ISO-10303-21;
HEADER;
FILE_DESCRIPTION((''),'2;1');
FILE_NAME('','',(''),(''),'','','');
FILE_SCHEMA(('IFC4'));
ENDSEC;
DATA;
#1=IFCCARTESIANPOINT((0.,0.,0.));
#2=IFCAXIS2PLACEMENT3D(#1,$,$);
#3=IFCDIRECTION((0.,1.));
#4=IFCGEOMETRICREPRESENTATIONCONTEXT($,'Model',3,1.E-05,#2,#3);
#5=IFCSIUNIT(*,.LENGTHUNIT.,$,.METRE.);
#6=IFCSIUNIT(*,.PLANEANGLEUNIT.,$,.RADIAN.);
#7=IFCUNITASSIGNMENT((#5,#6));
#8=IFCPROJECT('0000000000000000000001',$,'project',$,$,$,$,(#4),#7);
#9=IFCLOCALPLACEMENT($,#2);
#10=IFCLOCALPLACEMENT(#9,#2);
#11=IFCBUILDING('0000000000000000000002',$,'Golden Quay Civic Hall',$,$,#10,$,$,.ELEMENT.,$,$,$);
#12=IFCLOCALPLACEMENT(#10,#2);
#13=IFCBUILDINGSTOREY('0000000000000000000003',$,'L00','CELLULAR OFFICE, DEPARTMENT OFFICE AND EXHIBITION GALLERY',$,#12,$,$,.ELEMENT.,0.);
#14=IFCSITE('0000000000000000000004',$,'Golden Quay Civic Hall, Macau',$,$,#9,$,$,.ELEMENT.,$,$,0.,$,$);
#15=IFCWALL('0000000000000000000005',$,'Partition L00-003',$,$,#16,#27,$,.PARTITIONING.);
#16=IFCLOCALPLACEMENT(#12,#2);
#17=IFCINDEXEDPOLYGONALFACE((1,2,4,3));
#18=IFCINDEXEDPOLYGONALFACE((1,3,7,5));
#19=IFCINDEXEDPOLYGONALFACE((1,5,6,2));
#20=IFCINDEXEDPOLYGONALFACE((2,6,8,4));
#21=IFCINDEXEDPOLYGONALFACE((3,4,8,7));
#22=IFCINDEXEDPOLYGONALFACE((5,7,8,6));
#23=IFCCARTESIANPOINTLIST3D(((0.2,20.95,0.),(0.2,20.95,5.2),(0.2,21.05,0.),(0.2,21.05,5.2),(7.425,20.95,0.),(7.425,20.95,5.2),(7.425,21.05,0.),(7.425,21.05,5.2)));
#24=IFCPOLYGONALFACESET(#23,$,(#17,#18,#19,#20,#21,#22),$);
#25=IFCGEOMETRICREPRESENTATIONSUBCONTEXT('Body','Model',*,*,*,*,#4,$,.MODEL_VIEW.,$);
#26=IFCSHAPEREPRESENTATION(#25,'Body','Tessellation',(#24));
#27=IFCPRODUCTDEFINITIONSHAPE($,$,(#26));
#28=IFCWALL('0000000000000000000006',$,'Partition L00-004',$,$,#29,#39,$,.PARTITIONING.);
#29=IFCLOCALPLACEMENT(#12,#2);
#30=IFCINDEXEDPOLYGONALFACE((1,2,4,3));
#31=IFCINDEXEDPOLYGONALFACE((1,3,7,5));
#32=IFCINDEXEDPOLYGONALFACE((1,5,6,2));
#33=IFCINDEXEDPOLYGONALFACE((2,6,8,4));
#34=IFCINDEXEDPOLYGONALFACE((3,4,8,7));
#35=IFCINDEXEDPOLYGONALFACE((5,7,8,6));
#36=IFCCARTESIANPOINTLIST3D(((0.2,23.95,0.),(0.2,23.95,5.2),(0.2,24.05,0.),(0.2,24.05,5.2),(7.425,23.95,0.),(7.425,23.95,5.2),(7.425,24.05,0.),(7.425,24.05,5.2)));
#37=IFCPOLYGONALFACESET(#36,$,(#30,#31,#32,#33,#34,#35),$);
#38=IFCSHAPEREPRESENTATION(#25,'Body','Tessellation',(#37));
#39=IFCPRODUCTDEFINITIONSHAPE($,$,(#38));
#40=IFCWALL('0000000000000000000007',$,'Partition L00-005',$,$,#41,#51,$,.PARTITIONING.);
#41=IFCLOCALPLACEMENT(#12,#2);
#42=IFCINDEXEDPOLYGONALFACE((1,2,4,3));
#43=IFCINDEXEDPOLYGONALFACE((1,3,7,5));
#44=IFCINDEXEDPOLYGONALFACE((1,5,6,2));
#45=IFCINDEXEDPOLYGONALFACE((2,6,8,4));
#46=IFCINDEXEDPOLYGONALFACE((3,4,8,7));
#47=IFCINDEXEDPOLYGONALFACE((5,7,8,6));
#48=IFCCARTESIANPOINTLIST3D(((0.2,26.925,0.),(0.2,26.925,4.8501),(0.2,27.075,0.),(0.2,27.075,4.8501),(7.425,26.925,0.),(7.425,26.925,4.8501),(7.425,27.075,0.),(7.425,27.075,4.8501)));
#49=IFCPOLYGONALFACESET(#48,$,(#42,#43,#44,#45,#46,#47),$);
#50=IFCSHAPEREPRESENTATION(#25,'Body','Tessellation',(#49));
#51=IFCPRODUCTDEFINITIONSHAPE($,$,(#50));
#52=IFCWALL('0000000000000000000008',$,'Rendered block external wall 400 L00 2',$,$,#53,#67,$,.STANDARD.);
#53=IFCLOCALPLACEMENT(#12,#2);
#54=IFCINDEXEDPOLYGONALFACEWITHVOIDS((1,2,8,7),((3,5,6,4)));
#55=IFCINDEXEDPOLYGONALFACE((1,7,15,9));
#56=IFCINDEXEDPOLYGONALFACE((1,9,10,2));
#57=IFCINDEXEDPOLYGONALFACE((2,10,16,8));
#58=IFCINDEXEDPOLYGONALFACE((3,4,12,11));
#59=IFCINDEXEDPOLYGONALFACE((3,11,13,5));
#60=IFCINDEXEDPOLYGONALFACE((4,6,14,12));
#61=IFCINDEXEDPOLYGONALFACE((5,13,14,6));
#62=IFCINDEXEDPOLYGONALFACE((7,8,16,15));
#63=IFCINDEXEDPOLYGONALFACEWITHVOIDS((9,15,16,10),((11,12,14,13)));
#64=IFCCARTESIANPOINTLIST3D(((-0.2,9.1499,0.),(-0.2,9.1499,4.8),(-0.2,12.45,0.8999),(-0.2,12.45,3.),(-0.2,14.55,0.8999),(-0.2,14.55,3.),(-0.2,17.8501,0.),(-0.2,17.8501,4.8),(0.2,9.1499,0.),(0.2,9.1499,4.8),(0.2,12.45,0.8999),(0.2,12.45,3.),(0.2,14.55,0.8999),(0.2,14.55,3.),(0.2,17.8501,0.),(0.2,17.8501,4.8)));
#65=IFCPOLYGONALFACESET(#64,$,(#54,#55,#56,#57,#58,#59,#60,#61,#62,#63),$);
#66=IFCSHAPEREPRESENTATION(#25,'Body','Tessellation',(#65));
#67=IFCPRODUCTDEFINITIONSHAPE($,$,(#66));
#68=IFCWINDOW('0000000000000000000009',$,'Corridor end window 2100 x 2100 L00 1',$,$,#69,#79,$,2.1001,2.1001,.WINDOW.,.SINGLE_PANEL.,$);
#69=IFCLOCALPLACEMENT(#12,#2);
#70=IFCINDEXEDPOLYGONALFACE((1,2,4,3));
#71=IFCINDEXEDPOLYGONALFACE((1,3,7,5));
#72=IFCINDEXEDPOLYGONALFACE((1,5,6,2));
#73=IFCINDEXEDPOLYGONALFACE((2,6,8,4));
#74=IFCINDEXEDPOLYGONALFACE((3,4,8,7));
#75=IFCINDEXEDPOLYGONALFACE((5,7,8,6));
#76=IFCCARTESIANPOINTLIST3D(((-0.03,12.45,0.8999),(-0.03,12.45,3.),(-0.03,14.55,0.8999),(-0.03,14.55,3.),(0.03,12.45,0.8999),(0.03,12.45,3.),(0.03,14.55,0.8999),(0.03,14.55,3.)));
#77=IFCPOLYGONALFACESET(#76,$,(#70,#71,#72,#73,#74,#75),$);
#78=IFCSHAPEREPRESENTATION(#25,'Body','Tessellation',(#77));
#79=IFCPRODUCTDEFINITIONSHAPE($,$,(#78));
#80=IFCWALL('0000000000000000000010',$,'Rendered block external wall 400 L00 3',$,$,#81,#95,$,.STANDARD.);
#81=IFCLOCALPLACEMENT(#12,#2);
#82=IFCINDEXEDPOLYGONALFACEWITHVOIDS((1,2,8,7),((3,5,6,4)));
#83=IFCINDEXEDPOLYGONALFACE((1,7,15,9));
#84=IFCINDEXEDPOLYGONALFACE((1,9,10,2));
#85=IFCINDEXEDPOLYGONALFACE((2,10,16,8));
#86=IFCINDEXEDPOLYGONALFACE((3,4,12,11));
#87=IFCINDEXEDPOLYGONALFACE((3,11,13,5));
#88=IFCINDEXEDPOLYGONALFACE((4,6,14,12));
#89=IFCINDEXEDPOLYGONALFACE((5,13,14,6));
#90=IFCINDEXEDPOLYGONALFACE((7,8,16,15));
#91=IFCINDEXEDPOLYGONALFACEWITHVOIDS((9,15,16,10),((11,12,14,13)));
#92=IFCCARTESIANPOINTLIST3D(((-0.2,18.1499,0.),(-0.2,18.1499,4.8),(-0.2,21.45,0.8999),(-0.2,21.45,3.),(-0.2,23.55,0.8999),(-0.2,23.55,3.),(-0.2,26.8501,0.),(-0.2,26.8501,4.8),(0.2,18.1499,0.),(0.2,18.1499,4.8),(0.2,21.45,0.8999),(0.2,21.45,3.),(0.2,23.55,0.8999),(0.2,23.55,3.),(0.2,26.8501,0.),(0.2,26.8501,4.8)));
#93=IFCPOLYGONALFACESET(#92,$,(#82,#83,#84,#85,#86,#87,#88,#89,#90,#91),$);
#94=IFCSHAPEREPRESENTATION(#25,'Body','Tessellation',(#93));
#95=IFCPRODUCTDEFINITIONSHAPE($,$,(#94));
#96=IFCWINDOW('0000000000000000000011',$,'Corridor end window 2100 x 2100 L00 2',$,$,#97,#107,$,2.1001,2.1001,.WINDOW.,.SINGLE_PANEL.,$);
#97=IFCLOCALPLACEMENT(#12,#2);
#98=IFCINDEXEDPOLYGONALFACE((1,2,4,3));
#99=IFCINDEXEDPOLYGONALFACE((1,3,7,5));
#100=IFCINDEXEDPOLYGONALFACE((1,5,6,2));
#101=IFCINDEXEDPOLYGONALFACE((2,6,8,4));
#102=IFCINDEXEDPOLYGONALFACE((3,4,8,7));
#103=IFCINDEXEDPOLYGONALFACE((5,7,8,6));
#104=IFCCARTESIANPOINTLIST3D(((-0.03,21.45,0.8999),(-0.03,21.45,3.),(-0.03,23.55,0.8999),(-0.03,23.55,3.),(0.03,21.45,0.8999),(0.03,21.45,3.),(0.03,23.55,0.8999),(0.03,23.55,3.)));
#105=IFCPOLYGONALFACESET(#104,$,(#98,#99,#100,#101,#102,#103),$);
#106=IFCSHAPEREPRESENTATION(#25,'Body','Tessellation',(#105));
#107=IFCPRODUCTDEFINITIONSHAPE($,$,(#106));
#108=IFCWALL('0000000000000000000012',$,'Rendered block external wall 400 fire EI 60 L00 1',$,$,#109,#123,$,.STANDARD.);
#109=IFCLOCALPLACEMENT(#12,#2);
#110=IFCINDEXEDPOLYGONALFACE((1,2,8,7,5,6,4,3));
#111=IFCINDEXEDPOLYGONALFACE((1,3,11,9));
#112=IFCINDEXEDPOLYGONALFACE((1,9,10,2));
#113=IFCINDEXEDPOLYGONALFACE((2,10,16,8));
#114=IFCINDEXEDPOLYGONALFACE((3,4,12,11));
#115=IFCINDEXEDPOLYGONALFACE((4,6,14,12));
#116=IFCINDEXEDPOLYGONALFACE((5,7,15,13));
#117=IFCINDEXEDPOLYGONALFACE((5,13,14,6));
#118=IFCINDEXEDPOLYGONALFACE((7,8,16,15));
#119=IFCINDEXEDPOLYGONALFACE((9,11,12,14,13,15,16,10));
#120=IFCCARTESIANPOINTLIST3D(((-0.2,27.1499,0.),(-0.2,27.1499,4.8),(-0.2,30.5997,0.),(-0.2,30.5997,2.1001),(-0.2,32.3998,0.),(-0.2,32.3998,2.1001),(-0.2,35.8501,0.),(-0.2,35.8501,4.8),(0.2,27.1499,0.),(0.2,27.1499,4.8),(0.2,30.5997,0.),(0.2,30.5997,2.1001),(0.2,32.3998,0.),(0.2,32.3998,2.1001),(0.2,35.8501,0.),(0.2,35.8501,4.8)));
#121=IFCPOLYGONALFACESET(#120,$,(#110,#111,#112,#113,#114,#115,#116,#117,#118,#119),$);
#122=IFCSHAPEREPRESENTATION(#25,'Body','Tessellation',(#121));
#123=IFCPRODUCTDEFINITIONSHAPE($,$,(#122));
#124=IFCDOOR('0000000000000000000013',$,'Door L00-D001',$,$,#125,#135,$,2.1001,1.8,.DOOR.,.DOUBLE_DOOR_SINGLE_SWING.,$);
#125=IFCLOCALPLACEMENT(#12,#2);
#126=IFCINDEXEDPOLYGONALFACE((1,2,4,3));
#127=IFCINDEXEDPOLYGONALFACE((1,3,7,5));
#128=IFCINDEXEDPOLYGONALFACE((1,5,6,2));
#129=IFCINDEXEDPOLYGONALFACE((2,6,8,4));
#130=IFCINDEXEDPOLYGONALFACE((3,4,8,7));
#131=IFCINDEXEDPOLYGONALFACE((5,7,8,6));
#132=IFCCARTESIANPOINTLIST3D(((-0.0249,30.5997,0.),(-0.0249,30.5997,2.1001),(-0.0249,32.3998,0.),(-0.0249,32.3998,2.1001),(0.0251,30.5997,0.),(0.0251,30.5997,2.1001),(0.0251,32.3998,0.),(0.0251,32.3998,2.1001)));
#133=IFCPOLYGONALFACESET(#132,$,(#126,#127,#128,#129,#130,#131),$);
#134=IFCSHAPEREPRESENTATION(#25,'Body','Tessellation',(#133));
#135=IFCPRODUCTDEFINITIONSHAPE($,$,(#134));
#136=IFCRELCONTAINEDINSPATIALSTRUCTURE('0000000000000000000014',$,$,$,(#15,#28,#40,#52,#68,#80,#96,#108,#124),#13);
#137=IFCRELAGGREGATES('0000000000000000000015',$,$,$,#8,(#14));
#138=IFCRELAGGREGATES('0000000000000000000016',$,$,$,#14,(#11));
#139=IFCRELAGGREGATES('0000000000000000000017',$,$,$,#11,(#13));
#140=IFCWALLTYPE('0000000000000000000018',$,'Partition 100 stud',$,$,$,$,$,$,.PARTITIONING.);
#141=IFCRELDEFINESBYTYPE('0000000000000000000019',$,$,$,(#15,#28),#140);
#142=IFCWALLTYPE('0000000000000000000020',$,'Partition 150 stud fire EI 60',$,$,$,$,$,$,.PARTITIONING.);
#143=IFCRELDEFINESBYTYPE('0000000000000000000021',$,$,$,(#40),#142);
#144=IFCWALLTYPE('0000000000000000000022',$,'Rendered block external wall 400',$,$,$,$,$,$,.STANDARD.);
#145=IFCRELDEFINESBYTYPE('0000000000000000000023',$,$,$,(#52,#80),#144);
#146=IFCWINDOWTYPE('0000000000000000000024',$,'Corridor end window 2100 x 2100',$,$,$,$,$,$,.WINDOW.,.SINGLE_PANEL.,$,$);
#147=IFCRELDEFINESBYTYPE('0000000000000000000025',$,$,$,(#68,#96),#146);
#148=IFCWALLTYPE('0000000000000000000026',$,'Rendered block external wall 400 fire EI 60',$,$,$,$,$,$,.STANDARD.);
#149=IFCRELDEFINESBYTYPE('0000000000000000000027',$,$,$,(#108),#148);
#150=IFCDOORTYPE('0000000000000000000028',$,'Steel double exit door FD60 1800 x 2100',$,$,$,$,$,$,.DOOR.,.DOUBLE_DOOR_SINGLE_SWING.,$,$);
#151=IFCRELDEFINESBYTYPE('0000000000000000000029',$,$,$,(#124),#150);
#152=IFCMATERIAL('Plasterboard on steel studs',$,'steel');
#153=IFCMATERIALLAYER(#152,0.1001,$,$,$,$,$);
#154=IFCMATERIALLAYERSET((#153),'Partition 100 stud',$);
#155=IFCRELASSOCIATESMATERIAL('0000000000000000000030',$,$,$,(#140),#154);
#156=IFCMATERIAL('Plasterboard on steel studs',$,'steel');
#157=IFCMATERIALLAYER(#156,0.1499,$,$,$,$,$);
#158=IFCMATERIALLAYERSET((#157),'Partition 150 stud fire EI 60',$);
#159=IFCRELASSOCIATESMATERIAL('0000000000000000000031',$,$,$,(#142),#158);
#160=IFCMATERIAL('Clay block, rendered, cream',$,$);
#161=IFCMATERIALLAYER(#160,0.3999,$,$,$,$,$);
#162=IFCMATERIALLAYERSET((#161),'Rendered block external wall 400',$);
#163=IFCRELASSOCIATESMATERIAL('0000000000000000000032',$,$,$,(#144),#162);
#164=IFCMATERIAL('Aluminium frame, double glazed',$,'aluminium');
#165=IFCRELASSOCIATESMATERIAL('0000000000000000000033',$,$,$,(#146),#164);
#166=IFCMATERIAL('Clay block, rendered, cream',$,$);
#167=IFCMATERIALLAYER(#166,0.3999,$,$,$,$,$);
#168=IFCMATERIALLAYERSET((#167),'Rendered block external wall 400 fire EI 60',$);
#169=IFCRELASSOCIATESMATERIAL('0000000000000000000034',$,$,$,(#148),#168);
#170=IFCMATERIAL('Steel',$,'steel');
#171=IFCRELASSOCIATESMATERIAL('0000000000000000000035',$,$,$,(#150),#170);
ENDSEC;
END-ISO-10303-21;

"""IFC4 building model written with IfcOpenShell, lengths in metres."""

from ifc_helpers import new_model, si_unit, direction, frame, frame_2d, origin, place, context, subcontext, project, spatial, rectangle, extrude, material, layer, layer_set, type_object, element, fill, save


model = new_model("IFC4")

# Units and contexts
model_context = context("Model", 3, precision=1e-05, world=origin(), true_north=direction((0.0, 1.0)))
body_context = subcontext(model_context, "Body", "Model", "MODEL_VIEW")
ifc_project = project(units=[si_unit("LENGTHUNIT", "METRE"), si_unit("PLANEANGLEUNIT", "RADIAN")], contexts=[model_context])

# Site, building, storey
site_placement = place(None, origin())
site = spatial("IfcSite", under=ifc_project, at=site_placement, Name="Golden Quay Civic Hall, Macau", CompositionType="ELEMENT", RefElevation=0.0)
building_placement = place(site_placement, origin())
building = spatial("IfcBuilding", under=site, at=building_placement, Name="Golden Quay Civic Hall", CompositionType="ELEMENT")
storey_placement = place(building_placement, origin())
storey = spatial("IfcBuildingStorey", under=building, at=storey_placement, Name="L00", Description="CELLULAR OFFICE, DEPARTMENT OFFICE AND EXHIBITION GALLERY", CompositionType="ELEMENT", Elevation=0.0)

# Walls
ifc_material_1 = material(Name="Plasterboard on steel studs", Category="steel")
ifc_layer_1 = layer(ifc_material_1, 0.1001)
ifc_layer_set_1 = layer_set([ifc_layer_1], Name="Partition 100 stud")
wall_type_1 = type_object("IfcWallType", Name="Partition 100 stud", PredefinedType="PARTITIONING", material=ifc_layer_set_1)
for number, where, z_axis, x_axis, name in (
    (1, (0.2, 21.0, 0.0), (0.0, 0.0, 1.0), (1.0, 0.0, 0.0), "Partition L00-003"),
    (2, (0.2, 24.0, 0.0), (0.0, 0.0, 1.0), (1.0, 0.0, 0.0), "Partition L00-004"),
):
    element("IfcWall", number, at=place(storey_placement, frame(where, z_axis=z_axis, x_axis=x_axis)), inside=storey, type_object=wall_type_1, Name=name, PredefinedType="PARTITIONING", context=body_context, shape_type="SweptSolid", body=[
        extrude(rectangle(XDim=7.2251, YDim=0.1001, at=frame_2d((3.6125, 0.0))), origin(), (0.0, 0.0, 1.0), 5.2),
    ])
ifc_material_2 = material(Name="Plasterboard on steel studs", Category="steel")
ifc_layer_2 = layer(ifc_material_2, 0.1499)
ifc_layer_set_2 = layer_set([ifc_layer_2], Name="Partition 150 stud fire EI 60")
wall_type_2 = type_object("IfcWallType", Name="Partition 150 stud fire EI 60", PredefinedType="PARTITIONING", material=ifc_layer_set_2)
wall_1_placement = place(storey_placement, frame((0.2, 27.0, 0.0), z_axis=(0.0, 0.0, 1.0), x_axis=(1.0, 0.0, 0.0)))
element("IfcWall", 3, at=wall_1_placement, inside=storey, type_object=wall_type_2, Name="Partition L00-005", PredefinedType="PARTITIONING", context=body_context, shape_type="SweptSolid", body=[
    extrude(rectangle(XDim=7.2251, YDim=0.1499, at=frame_2d((3.6125, 0.0))), origin(), (0.0, 0.0, 1.0), 4.8501),
])

# Walls, openings, windows
ifc_material_3 = material(Name="Clay block, rendered, cream")
ifc_layer_3 = layer(ifc_material_3, 0.3999)
ifc_layer_set_3 = layer_set([ifc_layer_3], Name="Rendered block external wall 400")
wall_type_3 = type_object("IfcWallType", Name="Rendered block external wall 400", PredefinedType="STANDARD", material=ifc_layer_set_3)
wall_2_placement = place(storey_placement, frame((0.0, 9.1499, 0.0), z_axis=(0.0, 0.0, 1.0), x_axis=(0.0, 1.0, 0.0)))
wall_2 = element("IfcWall", 4, at=wall_2_placement, inside=storey, type_object=wall_type_3, Name="Rendered block external wall 400 L00 2", PredefinedType="STANDARD", context=body_context, shape_type="SweptSolid", body=[
    extrude(rectangle(XDim=8.7002, YDim=0.3999, at=frame_2d((4.3501, 0.0))), origin(), (0.0, 0.0, 1.0), 4.8),
])
opening_1_placement = place(wall_2_placement, frame((3.3, 0.0, 0.8999)))
opening_1 = element("IfcOpeningElement", 5, at=opening_1_placement, cuts=wall_2, PredefinedType="OPENING", context=body_context, shape_type="SweptSolid", body=[
    extrude(rectangle(XDim=2.1001, YDim=2.1001, at=frame_2d((1.05, 1.05))), frame((0.0, 0.21, 0.0), z_axis=(0.0, -1.0, 0.0), x_axis=(1.0, 0.0, 0.0)), (0.0, 0.0, 1.0), 0.4199),
])
ifc_material_4 = material(Name="Aluminium frame, double glazed", Category="aluminium")
window_type = type_object("IfcWindowType", Name="Corridor end window 2100 x 2100", PartitioningType="SINGLE_PANEL", PredefinedType="WINDOW", material=ifc_material_4)
window_1_placement = place(opening_1_placement, origin())
window_1 = element("IfcWindow", 6, at=window_1_placement, inside=storey, type_object=window_type, Name="Corridor end window 2100 x 2100 L00 1", OverallHeight=2.1001, OverallWidth=2.1001, PartitioningType="SINGLE_PANEL", PredefinedType="WINDOW", context=body_context, shape_type="SweptSolid", body=[
    extrude(rectangle(XDim=2.1001, YDim=2.1001, at=frame_2d((1.05, 1.05))), frame((0.0, 0.03, 0.0), z_axis=(0.0, -1.0, 0.0), x_axis=(1.0, 0.0, 0.0)), (0.0, 0.0, 1.0), 0.0601),
])
fill(opening_1, window_1)
wall_3_placement = place(storey_placement, frame((0.0, 18.1499, 0.0), z_axis=(0.0, 0.0, 1.0), x_axis=(0.0, 1.0, 0.0)))
wall_3 = element("IfcWall", 7, at=wall_3_placement, inside=storey, type_object=wall_type_3, Name="Rendered block external wall 400 L00 3", PredefinedType="STANDARD", context=body_context, shape_type="SweptSolid", body=[
    extrude(rectangle(XDim=8.7002, YDim=0.3999, at=frame_2d((4.3501, 0.0))), origin(), (0.0, 0.0, 1.0), 4.8),
])
opening_2_placement = place(wall_3_placement, frame((3.3, 0.0, 0.8999)))
opening_2 = element("IfcOpeningElement", 8, at=opening_2_placement, cuts=wall_3, PredefinedType="OPENING", context=body_context, shape_type="SweptSolid", body=[
    extrude(rectangle(XDim=2.1001, YDim=2.1001, at=frame_2d((1.05, 1.05))), frame((0.0, 0.21, 0.0), z_axis=(0.0, -1.0, 0.0), x_axis=(1.0, 0.0, 0.0)), (0.0, 0.0, 1.0), 0.4199),
])
window_2_placement = place(opening_2_placement, origin())
window_2 = element("IfcWindow", 9, at=window_2_placement, inside=storey, type_object=window_type, Name="Corridor end window 2100 x 2100 L00 2", OverallHeight=2.1001, OverallWidth=2.1001, PartitioningType="SINGLE_PANEL", PredefinedType="WINDOW", context=body_context, shape_type="SweptSolid", body=[
    extrude(rectangle(XDim=2.1001, YDim=2.1001, at=frame_2d((1.05, 1.05))), frame((0.0, 0.03, 0.0), z_axis=(0.0, -1.0, 0.0), x_axis=(1.0, 0.0, 0.0)), (0.0, 0.0, 1.0), 0.0601),
])
fill(opening_2, window_2)

# Wall, opening, door
ifc_material_5 = material(Name="Clay block, rendered, cream")
ifc_layer_4 = layer(ifc_material_5, 0.3999)
ifc_layer_set_4 = layer_set([ifc_layer_4], Name="Rendered block external wall 400 fire EI 60")
wall_type_4 = type_object("IfcWallType", Name="Rendered block external wall 400 fire EI 60", PredefinedType="STANDARD", material=ifc_layer_set_4)
wall_4_placement = place(storey_placement, frame((0.0, 27.1499, 0.0), z_axis=(0.0, 0.0, 1.0), x_axis=(0.0, 1.0, 0.0)))
wall_4 = element("IfcWall", 10, at=wall_4_placement, inside=storey, type_object=wall_type_4, Name="Rendered block external wall 400 fire EI 60 L00 1", PredefinedType="STANDARD", context=body_context, shape_type="SweptSolid", body=[
    extrude(rectangle(XDim=8.7002, YDim=0.3999, at=frame_2d((4.3501, 0.0))), origin(), (0.0, 0.0, 1.0), 4.8),
])
opening_3_placement = place(wall_4_placement, frame((3.45, 0.0, 0.0)))
opening_3 = element("IfcOpeningElement", 11, at=opening_3_placement, cuts=wall_4, PredefinedType="OPENING", context=body_context, shape_type="SweptSolid", body=[
    extrude(rectangle(XDim=1.8, YDim=2.1001, at=frame_2d((0.8999, 1.05))), frame((0.0, 0.21, 0.0), z_axis=(0.0, -1.0, 0.0), x_axis=(1.0, 0.0, 0.0)), (0.0, 0.0, 1.0), 0.4199),
])
ifc_material_6 = material(Name="Steel", Category="steel")
door_type_1 = type_object("IfcDoorType", Name="Steel double exit door FD60 1800 x 2100", OperationType="DOUBLE_DOOR_SINGLE_SWING", PredefinedType="DOOR", material=ifc_material_6)
door_1_placement = place(opening_3_placement, origin())
door_1 = element("IfcDoor", 12, at=door_1_placement, inside=storey, type_object=door_type_1, Name="Door L00-D001", OperationType="DOUBLE_DOOR_SINGLE_SWING", OverallHeight=2.1001, OverallWidth=1.8, PredefinedType="DOOR", context=body_context, shape_type="SweptSolid", body=[
    extrude(rectangle(XDim=1.8, YDim=2.1001, at=frame_2d((0.8999, 1.05))), frame((0.0, 0.0249, 0.0), z_axis=(0.0, -1.0, 0.0), x_axis=(1.0, 0.0, 0.0)), (0.0, 0.0, 1.0), 0.05),
])
fill(opening_3, door_1)

save(model, "model.ifc")
